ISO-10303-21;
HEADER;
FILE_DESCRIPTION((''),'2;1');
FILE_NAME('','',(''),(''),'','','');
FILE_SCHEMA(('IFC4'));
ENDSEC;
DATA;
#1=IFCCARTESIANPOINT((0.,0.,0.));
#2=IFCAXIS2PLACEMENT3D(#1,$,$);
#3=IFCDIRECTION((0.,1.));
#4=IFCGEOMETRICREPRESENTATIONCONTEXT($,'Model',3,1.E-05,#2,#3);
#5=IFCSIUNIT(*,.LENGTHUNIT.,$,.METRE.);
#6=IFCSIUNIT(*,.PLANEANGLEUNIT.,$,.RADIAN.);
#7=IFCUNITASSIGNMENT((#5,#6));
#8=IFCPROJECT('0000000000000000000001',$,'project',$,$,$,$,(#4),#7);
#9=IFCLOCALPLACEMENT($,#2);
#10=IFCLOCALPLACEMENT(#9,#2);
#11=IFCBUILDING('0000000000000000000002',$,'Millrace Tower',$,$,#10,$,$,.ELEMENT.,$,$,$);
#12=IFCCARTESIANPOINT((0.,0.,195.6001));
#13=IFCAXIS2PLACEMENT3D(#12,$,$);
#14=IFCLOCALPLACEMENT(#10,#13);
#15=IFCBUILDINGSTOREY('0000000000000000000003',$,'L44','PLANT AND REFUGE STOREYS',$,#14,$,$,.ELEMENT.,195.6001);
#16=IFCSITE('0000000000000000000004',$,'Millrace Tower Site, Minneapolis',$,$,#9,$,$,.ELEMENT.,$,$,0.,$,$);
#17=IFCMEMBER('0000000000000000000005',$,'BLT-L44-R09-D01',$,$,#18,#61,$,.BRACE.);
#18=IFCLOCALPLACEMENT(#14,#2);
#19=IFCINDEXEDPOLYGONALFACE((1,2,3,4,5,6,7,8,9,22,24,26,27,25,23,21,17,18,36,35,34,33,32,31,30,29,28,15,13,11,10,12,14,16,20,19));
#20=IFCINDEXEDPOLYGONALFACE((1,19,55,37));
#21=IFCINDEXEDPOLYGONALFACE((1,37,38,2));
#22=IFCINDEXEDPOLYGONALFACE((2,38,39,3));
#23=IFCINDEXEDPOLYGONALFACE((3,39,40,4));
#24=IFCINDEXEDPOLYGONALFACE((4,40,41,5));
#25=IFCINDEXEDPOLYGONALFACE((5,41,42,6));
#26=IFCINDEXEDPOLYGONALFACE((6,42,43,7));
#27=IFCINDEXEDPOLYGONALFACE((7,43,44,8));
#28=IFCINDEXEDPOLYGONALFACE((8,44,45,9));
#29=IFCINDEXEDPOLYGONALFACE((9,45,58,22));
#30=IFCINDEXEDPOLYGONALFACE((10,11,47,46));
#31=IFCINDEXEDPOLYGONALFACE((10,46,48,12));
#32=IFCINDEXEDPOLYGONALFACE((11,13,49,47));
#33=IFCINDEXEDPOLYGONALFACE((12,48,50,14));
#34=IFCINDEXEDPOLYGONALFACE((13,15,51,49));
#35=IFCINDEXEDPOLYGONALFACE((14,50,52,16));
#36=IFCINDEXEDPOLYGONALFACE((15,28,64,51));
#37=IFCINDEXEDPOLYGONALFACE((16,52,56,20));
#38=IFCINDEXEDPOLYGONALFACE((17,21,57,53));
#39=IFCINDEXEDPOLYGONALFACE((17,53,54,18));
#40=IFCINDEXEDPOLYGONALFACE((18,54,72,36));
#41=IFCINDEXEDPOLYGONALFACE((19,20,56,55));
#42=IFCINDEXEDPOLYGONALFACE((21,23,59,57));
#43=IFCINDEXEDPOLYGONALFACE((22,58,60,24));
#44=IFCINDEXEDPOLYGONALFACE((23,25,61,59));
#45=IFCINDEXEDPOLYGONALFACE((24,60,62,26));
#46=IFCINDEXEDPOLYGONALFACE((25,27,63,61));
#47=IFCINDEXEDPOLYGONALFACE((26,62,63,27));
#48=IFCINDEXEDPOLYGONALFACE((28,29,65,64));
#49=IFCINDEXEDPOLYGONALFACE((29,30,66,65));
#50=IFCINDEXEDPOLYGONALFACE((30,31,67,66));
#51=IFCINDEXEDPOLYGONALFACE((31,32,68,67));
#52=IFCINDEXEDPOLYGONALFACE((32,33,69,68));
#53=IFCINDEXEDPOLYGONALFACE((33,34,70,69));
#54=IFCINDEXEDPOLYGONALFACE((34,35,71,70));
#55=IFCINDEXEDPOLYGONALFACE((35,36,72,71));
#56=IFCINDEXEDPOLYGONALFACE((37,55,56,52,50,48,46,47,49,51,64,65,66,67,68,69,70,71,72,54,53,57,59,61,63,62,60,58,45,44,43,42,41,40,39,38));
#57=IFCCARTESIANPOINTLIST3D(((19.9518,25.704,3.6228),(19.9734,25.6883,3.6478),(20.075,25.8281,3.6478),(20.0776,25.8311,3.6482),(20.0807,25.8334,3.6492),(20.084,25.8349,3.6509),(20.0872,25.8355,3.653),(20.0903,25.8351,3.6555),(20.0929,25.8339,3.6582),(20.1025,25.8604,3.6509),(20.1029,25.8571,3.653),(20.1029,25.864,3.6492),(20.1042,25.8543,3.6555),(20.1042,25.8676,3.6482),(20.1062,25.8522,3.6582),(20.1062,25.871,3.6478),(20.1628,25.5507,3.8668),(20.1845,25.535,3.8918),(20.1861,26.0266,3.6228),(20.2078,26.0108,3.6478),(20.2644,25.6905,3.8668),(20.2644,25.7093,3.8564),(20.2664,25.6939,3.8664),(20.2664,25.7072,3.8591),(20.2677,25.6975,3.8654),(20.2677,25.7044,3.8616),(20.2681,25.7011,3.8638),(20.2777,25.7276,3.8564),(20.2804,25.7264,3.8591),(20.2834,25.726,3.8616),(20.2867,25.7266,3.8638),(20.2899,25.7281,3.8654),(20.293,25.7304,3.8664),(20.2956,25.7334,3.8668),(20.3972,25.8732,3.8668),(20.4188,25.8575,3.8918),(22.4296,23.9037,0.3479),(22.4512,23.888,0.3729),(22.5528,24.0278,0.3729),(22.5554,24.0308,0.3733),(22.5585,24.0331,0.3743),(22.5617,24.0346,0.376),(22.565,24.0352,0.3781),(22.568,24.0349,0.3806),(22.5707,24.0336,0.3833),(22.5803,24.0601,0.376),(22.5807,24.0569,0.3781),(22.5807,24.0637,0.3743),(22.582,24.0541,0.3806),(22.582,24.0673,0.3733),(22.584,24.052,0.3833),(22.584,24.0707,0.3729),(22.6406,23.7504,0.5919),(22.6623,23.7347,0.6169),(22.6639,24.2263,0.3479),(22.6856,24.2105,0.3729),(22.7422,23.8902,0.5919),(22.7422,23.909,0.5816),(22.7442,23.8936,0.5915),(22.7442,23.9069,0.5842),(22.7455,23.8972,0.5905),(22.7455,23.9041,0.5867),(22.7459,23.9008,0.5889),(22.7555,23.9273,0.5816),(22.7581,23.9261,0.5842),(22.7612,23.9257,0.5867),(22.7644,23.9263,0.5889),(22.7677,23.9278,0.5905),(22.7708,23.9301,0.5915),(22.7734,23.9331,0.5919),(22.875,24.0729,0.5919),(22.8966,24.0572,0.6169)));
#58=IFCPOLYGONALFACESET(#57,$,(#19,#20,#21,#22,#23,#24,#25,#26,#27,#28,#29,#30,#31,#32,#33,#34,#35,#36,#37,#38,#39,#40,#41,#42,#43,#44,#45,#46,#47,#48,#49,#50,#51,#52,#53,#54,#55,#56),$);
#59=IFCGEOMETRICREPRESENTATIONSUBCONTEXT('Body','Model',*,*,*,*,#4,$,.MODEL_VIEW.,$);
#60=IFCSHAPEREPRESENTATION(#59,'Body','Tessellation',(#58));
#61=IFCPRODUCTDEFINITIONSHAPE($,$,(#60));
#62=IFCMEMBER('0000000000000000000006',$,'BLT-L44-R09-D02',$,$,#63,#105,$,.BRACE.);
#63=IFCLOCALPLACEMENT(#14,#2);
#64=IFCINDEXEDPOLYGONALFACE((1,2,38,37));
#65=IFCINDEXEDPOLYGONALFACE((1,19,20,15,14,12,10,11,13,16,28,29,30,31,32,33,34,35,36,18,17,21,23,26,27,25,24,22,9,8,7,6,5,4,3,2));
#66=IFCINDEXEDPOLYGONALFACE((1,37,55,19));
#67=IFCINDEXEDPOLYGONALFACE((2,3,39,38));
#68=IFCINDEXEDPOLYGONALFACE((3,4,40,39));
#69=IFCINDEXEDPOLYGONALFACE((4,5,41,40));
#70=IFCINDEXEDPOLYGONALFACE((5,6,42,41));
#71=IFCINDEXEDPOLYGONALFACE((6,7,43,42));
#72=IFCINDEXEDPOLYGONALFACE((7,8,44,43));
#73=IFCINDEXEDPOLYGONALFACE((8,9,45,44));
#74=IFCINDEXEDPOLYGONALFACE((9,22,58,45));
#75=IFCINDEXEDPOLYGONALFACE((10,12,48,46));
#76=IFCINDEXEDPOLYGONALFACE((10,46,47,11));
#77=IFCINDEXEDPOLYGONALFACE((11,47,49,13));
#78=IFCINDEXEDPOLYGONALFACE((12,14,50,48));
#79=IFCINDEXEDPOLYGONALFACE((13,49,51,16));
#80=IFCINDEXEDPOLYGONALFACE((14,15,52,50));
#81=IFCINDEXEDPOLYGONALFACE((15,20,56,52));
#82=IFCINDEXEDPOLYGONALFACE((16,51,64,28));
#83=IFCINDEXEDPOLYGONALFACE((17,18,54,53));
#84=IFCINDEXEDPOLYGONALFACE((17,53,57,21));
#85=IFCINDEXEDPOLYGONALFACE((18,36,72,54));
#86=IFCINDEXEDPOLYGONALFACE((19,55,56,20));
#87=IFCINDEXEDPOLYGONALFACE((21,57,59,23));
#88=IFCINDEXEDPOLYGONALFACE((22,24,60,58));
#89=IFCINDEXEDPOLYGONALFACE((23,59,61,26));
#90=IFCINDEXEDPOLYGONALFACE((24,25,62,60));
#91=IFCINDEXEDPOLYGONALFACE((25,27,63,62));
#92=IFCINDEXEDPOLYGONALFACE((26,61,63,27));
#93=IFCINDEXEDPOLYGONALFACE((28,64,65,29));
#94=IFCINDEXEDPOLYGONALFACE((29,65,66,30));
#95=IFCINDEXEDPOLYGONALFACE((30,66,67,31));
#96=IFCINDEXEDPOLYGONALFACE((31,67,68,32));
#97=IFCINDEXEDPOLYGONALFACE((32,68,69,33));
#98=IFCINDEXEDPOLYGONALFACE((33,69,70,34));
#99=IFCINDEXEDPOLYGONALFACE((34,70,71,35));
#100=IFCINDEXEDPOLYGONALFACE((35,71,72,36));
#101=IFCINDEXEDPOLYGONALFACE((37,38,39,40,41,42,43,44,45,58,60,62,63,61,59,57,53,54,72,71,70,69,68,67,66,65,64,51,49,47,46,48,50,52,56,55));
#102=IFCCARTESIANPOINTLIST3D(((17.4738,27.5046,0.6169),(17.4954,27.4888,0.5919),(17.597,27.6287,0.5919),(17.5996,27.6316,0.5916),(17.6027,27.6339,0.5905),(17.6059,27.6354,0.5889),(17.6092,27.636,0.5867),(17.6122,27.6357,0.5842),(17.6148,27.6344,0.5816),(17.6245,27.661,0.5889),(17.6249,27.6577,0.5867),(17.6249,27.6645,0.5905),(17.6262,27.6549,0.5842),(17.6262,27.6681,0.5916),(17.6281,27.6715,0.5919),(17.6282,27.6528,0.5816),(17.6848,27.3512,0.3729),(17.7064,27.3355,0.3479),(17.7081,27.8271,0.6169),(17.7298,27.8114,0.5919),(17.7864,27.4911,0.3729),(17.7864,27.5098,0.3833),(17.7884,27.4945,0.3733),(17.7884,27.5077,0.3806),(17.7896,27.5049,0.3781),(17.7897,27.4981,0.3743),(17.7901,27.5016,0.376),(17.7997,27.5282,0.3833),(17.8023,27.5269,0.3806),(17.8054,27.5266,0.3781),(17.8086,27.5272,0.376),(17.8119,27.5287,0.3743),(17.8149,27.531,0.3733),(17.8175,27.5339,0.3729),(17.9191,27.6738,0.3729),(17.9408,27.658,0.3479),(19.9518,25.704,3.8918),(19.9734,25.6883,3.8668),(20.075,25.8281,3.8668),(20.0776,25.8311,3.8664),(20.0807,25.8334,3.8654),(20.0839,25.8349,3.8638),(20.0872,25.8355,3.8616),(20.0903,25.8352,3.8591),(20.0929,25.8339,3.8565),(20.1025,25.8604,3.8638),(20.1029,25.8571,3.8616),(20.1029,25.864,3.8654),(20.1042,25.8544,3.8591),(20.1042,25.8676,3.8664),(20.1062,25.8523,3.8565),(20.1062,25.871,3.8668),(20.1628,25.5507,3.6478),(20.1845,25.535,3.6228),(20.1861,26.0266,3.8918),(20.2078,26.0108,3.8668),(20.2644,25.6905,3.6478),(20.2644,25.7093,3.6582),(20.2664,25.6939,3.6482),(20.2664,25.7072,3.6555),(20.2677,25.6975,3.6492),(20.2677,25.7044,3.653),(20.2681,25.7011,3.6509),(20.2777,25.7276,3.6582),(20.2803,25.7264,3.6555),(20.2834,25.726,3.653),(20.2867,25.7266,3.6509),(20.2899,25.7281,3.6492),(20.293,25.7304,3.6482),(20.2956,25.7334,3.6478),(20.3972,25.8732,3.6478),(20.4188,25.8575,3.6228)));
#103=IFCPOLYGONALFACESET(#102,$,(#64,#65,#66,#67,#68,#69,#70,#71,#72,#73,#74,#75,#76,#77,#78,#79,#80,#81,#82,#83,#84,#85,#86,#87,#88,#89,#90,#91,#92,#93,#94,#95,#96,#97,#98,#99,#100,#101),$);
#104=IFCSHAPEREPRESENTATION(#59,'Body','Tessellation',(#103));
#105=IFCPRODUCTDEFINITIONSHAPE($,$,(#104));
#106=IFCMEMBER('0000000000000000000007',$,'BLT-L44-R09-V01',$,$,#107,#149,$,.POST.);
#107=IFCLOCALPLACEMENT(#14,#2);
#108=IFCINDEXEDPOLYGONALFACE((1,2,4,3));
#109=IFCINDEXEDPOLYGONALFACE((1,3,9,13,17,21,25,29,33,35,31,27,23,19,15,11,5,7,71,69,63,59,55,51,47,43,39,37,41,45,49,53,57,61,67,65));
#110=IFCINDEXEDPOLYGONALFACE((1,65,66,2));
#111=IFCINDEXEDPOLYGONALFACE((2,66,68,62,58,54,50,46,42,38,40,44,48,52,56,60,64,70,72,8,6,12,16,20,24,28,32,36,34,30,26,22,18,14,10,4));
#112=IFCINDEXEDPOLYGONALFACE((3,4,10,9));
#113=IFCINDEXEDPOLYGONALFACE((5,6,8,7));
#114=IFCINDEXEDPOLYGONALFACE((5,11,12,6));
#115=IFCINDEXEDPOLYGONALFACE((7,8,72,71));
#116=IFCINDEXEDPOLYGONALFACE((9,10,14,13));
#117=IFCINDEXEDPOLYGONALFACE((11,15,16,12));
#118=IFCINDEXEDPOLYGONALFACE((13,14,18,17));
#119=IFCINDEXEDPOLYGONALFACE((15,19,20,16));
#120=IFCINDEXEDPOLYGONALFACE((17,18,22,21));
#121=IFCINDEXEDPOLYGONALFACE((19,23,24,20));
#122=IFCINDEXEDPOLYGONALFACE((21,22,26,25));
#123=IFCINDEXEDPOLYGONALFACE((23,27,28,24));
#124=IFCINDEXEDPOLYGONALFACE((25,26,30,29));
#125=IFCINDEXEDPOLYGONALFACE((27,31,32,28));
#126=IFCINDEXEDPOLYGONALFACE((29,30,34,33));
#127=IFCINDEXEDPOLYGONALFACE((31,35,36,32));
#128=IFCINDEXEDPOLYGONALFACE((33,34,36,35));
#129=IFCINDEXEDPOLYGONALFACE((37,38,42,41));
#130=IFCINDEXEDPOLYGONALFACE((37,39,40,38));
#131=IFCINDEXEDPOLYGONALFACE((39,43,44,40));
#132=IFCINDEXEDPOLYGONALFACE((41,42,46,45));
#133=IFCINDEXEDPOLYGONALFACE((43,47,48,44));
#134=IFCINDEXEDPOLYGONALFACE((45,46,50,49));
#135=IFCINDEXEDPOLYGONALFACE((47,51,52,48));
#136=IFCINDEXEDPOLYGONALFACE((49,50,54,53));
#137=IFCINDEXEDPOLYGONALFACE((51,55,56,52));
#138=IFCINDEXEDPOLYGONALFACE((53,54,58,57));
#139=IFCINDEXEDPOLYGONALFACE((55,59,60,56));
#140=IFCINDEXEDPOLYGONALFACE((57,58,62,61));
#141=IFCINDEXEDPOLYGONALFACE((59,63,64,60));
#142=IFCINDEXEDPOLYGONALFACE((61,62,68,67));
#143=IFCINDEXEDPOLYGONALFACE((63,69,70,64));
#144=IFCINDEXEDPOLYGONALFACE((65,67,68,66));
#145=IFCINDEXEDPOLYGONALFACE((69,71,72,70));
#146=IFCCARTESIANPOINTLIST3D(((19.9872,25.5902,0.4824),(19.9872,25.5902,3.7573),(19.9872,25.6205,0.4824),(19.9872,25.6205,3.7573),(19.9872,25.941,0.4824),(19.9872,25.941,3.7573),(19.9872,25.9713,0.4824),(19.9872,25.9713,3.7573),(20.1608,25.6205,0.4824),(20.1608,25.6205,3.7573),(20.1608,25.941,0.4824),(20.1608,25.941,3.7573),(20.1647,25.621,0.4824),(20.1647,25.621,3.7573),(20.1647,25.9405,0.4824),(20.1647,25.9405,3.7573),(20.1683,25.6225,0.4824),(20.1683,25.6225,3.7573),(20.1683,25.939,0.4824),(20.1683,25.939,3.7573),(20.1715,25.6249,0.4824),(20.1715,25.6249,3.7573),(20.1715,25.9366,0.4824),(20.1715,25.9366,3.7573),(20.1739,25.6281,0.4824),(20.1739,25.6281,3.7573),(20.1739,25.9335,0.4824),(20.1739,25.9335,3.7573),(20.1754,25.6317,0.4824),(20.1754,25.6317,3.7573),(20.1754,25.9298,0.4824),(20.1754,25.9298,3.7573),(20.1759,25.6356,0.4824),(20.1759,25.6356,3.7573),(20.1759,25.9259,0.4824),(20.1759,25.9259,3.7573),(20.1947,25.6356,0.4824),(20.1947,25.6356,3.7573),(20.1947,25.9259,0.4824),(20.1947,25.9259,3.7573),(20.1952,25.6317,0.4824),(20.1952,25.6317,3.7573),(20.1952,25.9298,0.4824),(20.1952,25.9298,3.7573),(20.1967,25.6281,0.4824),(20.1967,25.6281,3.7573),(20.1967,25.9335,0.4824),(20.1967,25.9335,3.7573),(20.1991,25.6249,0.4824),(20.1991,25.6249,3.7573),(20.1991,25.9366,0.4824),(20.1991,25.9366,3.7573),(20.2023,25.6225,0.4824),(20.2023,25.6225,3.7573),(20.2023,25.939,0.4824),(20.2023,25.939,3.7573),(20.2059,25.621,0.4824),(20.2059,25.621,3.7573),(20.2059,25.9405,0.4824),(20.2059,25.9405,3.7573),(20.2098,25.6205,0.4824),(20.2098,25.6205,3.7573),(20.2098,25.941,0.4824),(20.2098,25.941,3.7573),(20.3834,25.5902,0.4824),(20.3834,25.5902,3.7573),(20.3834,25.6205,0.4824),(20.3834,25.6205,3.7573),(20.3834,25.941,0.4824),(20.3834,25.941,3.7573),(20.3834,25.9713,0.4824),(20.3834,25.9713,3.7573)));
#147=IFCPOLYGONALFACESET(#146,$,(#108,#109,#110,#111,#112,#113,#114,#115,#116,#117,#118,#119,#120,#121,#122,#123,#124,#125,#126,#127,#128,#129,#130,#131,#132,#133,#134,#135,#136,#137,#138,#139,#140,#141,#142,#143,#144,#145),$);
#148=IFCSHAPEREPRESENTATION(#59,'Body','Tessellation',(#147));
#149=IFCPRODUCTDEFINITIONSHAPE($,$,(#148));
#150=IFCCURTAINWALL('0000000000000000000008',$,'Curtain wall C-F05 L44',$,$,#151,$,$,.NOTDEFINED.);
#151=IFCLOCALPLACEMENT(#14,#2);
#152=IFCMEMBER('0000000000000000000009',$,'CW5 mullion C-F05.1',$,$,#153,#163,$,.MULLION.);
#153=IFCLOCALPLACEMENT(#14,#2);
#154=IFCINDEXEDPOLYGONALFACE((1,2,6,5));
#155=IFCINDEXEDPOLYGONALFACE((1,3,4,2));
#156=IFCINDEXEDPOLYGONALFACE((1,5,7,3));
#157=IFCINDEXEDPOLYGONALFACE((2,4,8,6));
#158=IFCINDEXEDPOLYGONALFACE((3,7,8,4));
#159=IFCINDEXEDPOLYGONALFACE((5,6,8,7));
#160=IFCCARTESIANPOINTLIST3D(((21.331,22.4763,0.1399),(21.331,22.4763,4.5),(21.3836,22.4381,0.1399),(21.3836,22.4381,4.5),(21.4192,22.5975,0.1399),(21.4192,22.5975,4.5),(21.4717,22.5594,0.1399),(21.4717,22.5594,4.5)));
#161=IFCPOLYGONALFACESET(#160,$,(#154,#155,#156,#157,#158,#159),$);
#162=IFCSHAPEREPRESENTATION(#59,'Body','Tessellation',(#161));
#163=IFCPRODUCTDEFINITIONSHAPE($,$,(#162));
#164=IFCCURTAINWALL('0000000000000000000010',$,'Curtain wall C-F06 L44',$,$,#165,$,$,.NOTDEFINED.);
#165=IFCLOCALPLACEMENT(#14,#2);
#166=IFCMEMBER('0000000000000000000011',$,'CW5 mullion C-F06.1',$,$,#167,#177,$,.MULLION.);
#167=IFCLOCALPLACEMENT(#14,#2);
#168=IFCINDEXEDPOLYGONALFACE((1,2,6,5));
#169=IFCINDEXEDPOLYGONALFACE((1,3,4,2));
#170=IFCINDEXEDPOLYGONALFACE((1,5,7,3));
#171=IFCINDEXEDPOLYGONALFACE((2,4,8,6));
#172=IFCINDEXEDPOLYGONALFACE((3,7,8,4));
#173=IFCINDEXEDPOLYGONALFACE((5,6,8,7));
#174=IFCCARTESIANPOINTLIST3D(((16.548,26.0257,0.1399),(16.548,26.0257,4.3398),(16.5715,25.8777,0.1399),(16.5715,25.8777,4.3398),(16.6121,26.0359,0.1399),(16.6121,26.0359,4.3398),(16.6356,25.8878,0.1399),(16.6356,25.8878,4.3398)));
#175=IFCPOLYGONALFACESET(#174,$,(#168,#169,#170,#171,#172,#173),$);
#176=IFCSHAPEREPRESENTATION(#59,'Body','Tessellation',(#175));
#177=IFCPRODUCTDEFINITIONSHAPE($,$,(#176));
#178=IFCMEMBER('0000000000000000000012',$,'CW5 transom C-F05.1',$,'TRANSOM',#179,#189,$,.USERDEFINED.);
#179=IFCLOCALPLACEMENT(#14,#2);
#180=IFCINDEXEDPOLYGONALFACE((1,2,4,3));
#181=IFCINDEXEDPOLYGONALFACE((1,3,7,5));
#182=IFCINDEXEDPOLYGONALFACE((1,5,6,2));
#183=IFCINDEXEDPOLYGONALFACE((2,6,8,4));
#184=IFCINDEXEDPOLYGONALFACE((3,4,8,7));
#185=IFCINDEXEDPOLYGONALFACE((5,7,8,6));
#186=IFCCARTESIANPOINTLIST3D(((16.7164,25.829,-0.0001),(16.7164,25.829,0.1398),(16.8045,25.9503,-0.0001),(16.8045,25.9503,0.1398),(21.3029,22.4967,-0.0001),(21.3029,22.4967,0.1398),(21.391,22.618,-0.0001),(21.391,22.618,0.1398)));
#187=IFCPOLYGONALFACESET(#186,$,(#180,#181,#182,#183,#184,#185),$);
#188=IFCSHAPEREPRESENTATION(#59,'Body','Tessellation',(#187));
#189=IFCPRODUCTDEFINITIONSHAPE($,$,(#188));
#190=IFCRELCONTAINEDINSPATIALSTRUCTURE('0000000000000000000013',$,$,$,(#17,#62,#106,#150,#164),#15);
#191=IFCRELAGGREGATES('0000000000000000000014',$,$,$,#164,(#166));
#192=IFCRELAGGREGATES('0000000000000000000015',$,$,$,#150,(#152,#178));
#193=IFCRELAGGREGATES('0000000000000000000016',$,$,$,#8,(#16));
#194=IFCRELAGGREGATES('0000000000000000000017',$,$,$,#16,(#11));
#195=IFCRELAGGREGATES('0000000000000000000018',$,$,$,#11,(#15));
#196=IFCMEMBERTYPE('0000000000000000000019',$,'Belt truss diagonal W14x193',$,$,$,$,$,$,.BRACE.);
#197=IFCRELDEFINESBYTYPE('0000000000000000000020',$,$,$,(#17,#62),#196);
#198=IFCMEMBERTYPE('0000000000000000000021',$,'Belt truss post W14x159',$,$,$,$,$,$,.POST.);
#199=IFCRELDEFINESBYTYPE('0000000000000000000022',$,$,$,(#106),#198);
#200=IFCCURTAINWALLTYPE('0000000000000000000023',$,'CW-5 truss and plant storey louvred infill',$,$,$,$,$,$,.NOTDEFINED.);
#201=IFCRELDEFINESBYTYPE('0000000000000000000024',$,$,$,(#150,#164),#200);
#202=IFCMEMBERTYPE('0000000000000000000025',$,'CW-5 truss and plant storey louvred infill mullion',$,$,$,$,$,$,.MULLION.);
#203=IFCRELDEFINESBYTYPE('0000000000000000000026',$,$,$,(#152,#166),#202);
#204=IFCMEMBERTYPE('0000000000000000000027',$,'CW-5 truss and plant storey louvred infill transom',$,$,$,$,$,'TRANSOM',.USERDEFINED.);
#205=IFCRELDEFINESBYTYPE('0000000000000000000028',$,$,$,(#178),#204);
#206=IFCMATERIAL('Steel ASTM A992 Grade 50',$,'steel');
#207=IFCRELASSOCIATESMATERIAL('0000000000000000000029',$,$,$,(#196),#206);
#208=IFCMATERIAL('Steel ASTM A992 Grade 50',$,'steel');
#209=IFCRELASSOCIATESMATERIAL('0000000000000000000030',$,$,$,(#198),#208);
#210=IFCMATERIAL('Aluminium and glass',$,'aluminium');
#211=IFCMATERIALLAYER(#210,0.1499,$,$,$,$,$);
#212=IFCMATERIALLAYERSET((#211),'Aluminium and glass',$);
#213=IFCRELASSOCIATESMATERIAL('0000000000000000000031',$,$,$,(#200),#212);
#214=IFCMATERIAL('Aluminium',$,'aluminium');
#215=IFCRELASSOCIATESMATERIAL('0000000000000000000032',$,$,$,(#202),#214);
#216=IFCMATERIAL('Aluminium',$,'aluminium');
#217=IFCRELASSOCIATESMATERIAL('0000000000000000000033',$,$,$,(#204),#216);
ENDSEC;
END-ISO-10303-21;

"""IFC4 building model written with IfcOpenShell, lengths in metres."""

from ifc_helpers import new_model, si_unit, direction, frame, origin, origin_2d, place, context, subcontext, project, spatial, rectangle, i_section, extrude, material, layer, layer_set, material_profile, profile_set, type_object, element, aggregate, save


model = new_model("IFC4")

# Units and contexts
model_context = context("Model", 3, precision=1e-05, world=origin(), true_north=direction((0.0, 1.0)))
body_context = subcontext(model_context, "Body", "Model", "MODEL_VIEW")
ifc_project = project(units=[si_unit("LENGTHUNIT", "METRE"), si_unit("PLANEANGLEUNIT", "RADIAN")], contexts=[model_context])

# Site, building, storey
site_placement = place(None, origin())
site = spatial("IfcSite", under=ifc_project, at=site_placement, Name="Millrace Tower Site, Minneapolis", CompositionType="ELEMENT", RefElevation=0.0)
building_placement = place(site_placement, origin())
building = spatial("IfcBuilding", under=site, at=building_placement, Name="Millrace Tower", CompositionType="ELEMENT")
storey_placement = place(building_placement, frame((0.0, 0.0, 195.6001)))
storey = spatial("IfcBuildingStorey", under=building, at=storey_placement, Name="L44", Description="PLANT AND REFUGE STOREYS", CompositionType="ELEMENT", Elevation=195.6001)

# Members
ifc_material_1 = material(Name="Steel ASTM A992 Grade 50", Category="steel")
ifc_material_profile_1 = material_profile(ifc_material_1, i_section(OverallWidth=0.3987, OverallDepth=0.3938, WebThickness=0.0227, FlangeThickness=0.0366, FilletRadius=0.0151, at=origin_2d()))
ifc_profile_set_1 = profile_set([ifc_material_profile_1], Name="Steel ASTM A992 Grade 50")
member_type_1 = type_object("IfcMemberType", Name="Belt truss diagonal W14x193", PredefinedType="BRACE", material=ifc_profile_set_1)
member_1_placement = place(storey_placement, frame((22.6631, 23.9805, 0.4824), z_axis=(-0.552594, 0.401501, 0.730368), x_axis=(-0.587802, -0.809005, 0.0)))
element("IfcMember", 1, at=member_1_placement, inside=storey, type_object=member_type_1, Name="BLT-L44-R09-D01", PredefinedType="BRACE", context=body_context, shape_type="SweptSolid", body=[
    extrude(i_section(OverallWidth=0.3987, OverallDepth=0.3938, WebThickness=0.0227, FlangeThickness=0.0366, FilletRadius=0.0151, at=origin_2d()), origin(), (0.0, 0.0, 1.0), 4.4839),
])
member_2_placement = place(storey_placement, frame((17.7073, 27.5813, 0.4824), z_axis=(0.55262, -0.401534, 0.73033), x_axis=(0.587816, 0.808995, 0.0)))
element("IfcMember", 2, at=member_2_placement, inside=storey, type_object=member_type_1, Name="BLT-L44-R09-D02", PredefinedType="BRACE", context=body_context, shape_type="SweptSolid", body=[
    extrude(i_section(OverallWidth=0.3987, OverallDepth=0.3938, WebThickness=0.0227, FlangeThickness=0.0366, FilletRadius=0.0151, at=origin_2d()), origin(), (0.0, 0.0, 1.0), 4.4841),
])
ifc_material_2 = material(Name="Steel ASTM A992 Grade 50", Category="steel")
ifc_material_profile_2 = material_profile(ifc_material_2, i_section(OverallWidth=0.3962, OverallDepth=0.3811, WebThickness=0.0188, FlangeThickness=0.0303, FilletRadius=0.0151, at=origin_2d()))
ifc_profile_set_2 = profile_set([ifc_material_profile_2], Name="Steel ASTM A992 Grade 50")
member_type_2 = type_object("IfcMemberType", Name="Belt truss post W14x159", PredefinedType="POST", material=ifc_profile_set_2)
member_3_placement = place(storey_placement, frame((20.1853, 25.7808, 0.4824), z_axis=(0.0, 0.0, 1.0), x_axis=(1.0, 0.0, 0.0)))
element("IfcMember", 3, at=member_3_placement, inside=storey, type_object=member_type_2, Name="BLT-L44-R09-V01", PredefinedType="POST", context=body_context, shape_type="SweptSolid", body=[
    extrude(i_section(OverallWidth=0.3962, OverallDepth=0.3811, WebThickness=0.0188, FlangeThickness=0.0303, FilletRadius=0.0151, at=origin_2d()), origin(), (0.0, 0.0, 1.0), 3.2749),
])

# Curtain walls, members
ifc_material_3 = material(Name="Aluminium and glass", Category="aluminium")
ifc_layer_1 = layer(ifc_material_3, 0.1499)
ifc_layer_set_1 = layer_set([ifc_layer_1], Name="Aluminium and glass")
curtain_wall_type = type_object("IfcCurtainWallType", Name="CW-5 truss and plant storey louvred infill", PredefinedType="NOTDEFINED", material=ifc_layer_set_1)
placement = place(storey_placement, origin())
curtain_wall_1 = element("IfcCurtainWall", 4, at=placement, inside=storey, type_object=curtain_wall_type, Name="Curtain wall C-F05 L44", PredefinedType="NOTDEFINED")
ifc_material_4 = material(Name="Aluminium", Category="aluminium")
ifc_material_profile_3 = material_profile(ifc_material_4, rectangle(XDim=0.0649, YDim=0.1499, at=origin_2d()))
ifc_profile_set_3 = profile_set([ifc_material_profile_3], Name="Aluminium")
member_type_3 = type_object("IfcMemberType", Name="CW-5 truss and plant storey louvred infill mullion", PredefinedType="MULLION", material=ifc_profile_set_3)
member_4_placement = place(storey_placement, frame((21.4014, 22.5178, 0.1399), z_axis=(0.0, 0.0, 1.0), x_axis=(-0.809017, 0.587785, 0.0)))
member_4 = element("IfcMember", 5, at=member_4_placement, type_object=member_type_3, Name="CW5 mullion C-F05.1", PredefinedType="MULLION", context=body_context, shape_type="SweptSolid", body=[
    extrude(rectangle(XDim=0.0649, YDim=0.1499, at=origin_2d()), origin(), (0.0, 0.0, 1.0), 4.3601),
])
curtain_wall_2 = element("IfcCurtainWall", 6, at=placement, inside=storey, type_object=curtain_wall_type, Name="Curtain wall C-F06 L44", PredefinedType="NOTDEFINED")
member_5_placement = place(storey_placement, frame((16.5918, 25.9568, 0.1399), z_axis=(0.0, 0.0, 1.0), x_axis=(-0.987688, -0.156434, 0.0)))
member_5 = element("IfcMember", 7, at=member_5_placement, type_object=member_type_3, Name="CW5 mullion C-F06.1", PredefinedType="MULLION", context=body_context, shape_type="SweptSolid", body=[
    extrude(rectangle(XDim=0.0649, YDim=0.1499, at=origin_2d()), origin(), (0.0, 0.0, 1.0), 4.2),
])
aggregate(curtain_wall_2, [member_5])

# Member
ifc_material_5 = material(Name="Aluminium", Category="aluminium")
ifc_material_profile_4 = material_profile(ifc_material_5, rectangle(XDim=0.1499, YDim=0.1399, at=origin_2d()))
ifc_profile_set_4 = profile_set([ifc_material_profile_4], Name="Aluminium")
member_type_4 = type_object("IfcMemberType", Name="CW-5 truss and plant storey louvred infill transom", ElementType="TRANSOM", PredefinedType="USERDEFINED", material=ifc_profile_set_4)
member_6_placement = place(storey_placement, frame((21.3469, 22.5574, 0.0698), z_axis=(-0.809013, 0.58779, 0.0), x_axis=(-0.58779, -0.809013, 0.0)))
member_6 = element("IfcMember", 8, at=member_6_placement, type_object=member_type_4, Name="CW5 transom C-F05.1", ObjectType="TRANSOM", PredefinedType="USERDEFINED", context=body_context, shape_type="SweptSolid", body=[
    extrude(rectangle(XDim=0.1499, YDim=0.1399, at=origin_2d()), origin(), (0.0, 0.0, 1.0), 5.6692),
])
aggregate(curtain_wall_1, [member_4, member_6])

save(model, "model.ifc")
